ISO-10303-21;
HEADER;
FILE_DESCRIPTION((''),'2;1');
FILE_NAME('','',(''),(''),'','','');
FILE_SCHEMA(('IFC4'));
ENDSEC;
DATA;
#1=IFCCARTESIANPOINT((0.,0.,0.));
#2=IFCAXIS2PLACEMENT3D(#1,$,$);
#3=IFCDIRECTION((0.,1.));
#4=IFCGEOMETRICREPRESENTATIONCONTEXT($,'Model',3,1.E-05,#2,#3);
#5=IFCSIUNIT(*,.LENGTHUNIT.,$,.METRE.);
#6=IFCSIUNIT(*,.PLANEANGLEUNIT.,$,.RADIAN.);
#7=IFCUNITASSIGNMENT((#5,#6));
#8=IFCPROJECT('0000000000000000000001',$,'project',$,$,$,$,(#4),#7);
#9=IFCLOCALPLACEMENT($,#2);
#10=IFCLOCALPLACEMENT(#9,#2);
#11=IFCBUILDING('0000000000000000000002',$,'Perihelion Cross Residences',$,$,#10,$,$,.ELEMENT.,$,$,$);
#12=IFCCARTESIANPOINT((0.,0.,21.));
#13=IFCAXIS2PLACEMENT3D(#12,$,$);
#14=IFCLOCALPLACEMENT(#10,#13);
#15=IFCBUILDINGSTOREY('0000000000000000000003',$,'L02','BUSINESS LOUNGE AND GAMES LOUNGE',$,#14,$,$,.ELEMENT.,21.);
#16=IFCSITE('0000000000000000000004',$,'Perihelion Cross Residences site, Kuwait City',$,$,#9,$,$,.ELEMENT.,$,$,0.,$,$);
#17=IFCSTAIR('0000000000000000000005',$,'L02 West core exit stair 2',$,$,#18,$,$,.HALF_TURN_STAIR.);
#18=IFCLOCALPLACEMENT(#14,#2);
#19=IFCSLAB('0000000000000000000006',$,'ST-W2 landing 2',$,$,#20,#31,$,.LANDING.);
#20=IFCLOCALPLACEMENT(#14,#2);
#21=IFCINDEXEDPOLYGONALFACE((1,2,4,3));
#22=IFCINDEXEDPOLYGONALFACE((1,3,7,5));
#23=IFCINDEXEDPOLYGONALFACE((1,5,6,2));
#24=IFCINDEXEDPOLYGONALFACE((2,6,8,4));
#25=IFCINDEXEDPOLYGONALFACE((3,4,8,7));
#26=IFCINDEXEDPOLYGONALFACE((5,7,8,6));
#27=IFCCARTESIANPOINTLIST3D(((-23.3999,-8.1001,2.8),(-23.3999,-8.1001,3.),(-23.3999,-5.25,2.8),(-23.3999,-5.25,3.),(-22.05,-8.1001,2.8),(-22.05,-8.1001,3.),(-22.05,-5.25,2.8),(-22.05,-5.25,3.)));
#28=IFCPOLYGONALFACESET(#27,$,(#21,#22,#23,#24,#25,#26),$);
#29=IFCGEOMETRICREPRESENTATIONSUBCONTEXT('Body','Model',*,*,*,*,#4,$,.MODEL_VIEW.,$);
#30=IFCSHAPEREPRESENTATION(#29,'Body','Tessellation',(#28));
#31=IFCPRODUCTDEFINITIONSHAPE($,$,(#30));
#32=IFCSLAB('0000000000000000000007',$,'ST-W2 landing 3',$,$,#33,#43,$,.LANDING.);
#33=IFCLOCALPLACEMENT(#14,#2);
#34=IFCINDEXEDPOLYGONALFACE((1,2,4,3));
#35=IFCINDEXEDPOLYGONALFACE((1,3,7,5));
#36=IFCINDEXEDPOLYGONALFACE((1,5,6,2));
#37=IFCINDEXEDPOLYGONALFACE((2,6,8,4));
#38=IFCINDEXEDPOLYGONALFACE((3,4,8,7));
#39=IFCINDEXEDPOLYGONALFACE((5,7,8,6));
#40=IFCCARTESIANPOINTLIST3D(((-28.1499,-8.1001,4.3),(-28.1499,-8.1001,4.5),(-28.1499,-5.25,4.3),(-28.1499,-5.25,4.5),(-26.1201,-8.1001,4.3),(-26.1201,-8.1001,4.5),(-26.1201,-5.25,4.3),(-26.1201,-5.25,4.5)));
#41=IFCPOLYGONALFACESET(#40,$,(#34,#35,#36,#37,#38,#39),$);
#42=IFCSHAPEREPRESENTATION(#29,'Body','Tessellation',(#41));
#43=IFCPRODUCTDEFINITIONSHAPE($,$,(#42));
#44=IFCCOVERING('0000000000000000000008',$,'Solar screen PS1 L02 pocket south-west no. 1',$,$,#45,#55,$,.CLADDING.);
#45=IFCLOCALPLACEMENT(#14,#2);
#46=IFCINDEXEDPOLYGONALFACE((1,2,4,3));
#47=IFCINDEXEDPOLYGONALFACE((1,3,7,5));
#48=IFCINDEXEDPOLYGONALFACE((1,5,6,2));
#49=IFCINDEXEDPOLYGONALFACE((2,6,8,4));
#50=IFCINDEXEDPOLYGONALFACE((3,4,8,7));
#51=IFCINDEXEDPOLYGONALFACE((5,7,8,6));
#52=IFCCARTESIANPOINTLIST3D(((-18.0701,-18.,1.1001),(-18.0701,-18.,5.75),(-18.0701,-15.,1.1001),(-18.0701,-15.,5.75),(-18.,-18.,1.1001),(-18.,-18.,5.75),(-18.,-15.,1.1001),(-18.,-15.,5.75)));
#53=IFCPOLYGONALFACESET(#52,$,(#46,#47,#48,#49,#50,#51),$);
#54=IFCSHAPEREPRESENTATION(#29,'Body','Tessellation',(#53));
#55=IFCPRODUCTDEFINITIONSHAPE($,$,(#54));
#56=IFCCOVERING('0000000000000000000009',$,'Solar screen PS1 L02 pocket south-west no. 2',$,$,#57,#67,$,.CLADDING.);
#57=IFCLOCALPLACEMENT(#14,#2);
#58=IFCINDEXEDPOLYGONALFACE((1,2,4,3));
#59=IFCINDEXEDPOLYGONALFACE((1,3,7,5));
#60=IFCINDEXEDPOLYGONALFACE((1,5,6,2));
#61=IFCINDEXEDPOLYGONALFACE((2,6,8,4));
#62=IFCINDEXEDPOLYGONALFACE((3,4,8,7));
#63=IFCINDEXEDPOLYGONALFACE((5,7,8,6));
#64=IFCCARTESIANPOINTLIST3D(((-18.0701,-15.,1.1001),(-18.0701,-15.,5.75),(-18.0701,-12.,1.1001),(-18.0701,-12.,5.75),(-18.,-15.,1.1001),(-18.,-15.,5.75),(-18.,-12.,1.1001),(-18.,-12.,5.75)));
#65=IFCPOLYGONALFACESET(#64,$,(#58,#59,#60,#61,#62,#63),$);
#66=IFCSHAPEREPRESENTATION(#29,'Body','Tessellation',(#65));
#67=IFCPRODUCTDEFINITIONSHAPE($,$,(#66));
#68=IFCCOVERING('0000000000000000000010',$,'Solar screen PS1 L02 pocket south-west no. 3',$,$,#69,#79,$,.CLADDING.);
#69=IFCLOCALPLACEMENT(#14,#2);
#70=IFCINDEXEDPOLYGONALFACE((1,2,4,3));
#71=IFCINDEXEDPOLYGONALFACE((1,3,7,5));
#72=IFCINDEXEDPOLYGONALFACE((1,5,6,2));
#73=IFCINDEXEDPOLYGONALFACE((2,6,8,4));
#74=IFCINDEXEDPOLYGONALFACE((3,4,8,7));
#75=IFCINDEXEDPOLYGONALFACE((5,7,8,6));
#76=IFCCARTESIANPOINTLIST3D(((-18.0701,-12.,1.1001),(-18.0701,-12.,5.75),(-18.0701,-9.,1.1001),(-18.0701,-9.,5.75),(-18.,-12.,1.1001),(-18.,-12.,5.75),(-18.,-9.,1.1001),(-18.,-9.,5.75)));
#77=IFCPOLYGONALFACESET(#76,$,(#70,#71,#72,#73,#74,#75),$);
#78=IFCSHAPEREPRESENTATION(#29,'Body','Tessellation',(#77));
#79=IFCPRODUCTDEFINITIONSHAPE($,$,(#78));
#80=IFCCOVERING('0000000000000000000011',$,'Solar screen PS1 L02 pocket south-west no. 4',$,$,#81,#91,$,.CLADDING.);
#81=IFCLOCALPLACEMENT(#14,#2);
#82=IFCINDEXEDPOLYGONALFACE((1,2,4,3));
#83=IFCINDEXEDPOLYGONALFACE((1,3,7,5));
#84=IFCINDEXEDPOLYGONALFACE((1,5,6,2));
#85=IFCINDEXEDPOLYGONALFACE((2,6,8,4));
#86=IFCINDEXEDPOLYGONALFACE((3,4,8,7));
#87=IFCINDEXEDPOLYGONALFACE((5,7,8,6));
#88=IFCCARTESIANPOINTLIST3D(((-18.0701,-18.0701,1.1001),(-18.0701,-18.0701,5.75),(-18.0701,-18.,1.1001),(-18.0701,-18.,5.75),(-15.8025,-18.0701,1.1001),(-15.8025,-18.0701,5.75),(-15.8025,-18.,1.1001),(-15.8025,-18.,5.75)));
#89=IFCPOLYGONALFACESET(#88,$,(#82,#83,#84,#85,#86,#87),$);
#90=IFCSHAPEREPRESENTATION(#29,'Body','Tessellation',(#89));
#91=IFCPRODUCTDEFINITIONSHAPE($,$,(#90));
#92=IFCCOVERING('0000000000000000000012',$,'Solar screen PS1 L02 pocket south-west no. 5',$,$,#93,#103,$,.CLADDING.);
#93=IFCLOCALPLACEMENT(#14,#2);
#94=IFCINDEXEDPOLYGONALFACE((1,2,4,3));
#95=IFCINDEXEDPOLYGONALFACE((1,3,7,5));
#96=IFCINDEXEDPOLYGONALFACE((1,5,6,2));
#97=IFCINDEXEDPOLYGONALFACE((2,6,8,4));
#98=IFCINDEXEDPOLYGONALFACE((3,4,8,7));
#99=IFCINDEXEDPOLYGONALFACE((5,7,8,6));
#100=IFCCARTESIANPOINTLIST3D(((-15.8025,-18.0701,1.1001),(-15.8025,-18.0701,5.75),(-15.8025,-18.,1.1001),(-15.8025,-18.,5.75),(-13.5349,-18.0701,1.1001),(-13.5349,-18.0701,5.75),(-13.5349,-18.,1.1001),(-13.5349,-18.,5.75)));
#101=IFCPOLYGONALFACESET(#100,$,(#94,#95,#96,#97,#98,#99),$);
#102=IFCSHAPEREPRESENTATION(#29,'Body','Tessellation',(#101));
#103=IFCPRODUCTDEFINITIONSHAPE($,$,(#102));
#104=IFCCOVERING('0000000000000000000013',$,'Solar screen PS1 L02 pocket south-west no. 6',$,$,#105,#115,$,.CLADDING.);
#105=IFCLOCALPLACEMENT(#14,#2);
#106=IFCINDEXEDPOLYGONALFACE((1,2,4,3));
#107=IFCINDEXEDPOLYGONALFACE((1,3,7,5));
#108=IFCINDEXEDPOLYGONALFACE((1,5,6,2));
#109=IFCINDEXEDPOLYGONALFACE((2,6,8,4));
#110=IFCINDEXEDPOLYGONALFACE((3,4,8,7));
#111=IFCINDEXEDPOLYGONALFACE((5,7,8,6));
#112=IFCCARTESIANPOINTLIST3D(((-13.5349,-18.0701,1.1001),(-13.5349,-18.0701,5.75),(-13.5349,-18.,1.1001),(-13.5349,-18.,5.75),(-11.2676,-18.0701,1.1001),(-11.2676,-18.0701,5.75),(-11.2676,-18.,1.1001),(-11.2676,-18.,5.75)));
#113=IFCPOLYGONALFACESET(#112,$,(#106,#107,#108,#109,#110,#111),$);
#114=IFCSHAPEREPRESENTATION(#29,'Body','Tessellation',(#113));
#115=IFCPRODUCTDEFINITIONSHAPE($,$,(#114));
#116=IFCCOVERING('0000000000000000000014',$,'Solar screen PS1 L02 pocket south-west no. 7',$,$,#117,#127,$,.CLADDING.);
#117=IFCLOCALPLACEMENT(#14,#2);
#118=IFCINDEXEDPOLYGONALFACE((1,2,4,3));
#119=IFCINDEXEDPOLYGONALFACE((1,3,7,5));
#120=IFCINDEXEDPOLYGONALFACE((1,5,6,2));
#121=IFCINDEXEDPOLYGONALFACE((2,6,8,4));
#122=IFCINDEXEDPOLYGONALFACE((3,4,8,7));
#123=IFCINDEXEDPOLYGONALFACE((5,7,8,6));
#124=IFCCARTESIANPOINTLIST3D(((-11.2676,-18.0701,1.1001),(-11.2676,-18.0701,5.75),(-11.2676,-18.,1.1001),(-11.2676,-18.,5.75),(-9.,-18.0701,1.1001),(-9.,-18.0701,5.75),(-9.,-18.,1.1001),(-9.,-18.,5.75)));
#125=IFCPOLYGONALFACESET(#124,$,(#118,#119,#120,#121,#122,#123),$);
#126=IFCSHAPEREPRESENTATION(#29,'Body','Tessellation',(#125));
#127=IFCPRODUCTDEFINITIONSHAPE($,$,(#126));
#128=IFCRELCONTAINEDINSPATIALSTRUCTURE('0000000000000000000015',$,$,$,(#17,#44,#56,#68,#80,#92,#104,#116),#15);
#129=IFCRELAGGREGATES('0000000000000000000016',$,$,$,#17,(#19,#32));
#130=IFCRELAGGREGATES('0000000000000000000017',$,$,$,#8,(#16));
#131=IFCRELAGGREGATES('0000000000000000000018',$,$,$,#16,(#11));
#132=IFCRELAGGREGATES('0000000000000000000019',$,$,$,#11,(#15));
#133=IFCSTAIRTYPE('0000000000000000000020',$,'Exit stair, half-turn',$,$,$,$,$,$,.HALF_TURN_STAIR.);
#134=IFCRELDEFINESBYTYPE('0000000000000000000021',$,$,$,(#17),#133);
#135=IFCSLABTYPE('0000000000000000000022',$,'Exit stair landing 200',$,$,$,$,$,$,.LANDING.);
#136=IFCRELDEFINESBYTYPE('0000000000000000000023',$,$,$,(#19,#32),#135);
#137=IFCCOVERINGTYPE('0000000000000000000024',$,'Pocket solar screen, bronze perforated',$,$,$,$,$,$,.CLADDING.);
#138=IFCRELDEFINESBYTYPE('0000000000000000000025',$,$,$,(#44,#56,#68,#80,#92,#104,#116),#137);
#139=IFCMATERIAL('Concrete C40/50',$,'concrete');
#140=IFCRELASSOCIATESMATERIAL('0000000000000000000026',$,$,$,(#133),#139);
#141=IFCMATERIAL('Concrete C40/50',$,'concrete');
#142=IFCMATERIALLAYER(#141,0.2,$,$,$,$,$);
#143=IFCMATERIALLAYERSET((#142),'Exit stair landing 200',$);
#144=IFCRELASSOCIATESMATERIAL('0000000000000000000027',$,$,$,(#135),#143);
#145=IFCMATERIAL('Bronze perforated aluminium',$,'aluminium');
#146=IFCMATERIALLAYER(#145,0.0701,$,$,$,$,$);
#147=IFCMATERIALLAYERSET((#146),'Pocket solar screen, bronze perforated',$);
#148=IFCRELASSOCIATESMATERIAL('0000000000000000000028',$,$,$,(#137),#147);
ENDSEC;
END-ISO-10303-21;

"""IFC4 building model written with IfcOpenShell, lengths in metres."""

from ifc_helpers import new_model, si_unit, direction, frame, origin, place, context, subcontext, project, spatial, polyline, outline, extrude, material, layer, layer_set, type_object, element, aggregate, save


model = new_model("IFC4")

# Units and contexts
model_context = context("Model", 3, precision=1e-05, world=origin(), true_north=direction((0.0, 1.0)))
body_context = subcontext(model_context, "Body", "Model", "MODEL_VIEW")
ifc_project = project(units=[si_unit("LENGTHUNIT", "METRE"), si_unit("PLANEANGLEUNIT", "RADIAN")], contexts=[model_context])

# Site, building, storey
site_placement = place(None, origin())
site = spatial("IfcSite", under=ifc_project, at=site_placement, Name="Perihelion Cross Residences site, Kuwait City", CompositionType="ELEMENT", RefElevation=0.0)
building_placement = place(site_placement, origin())
building = spatial("IfcBuilding", under=site, at=building_placement, Name="Perihelion Cross Residences", CompositionType="ELEMENT")
storey_placement = place(building_placement, frame((0.0, 0.0, 21.0)))
storey = spatial("IfcBuildingStorey", under=building, at=storey_placement, Name="L02", Description="BUSINESS LOUNGE AND GAMES LOUNGE", CompositionType="ELEMENT", Elevation=21.0)

# Stair, slabs
ifc_material_1 = material(Name="Concrete C40/50", Category="concrete")
stair_type = type_object("IfcStairType", Name="Exit stair, half-turn", PredefinedType="HALF_TURN_STAIR", material=ifc_material_1)
ifc_material_2 = material(Name="Concrete C40/50", Category="concrete")
ifc_layer_1 = layer(ifc_material_2, 0.2)
ifc_layer_set_1 = layer_set([ifc_layer_1], Name="Exit stair landing 200")
slab_type_1 = type_object("IfcSlabType", Name="Exit stair landing 200", PredefinedType="LANDING", material=ifc_layer_set_1)
stair_1_placement = place(storey_placement, origin())
stair_1 = element("IfcStair", 1, at=stair_1_placement, inside=storey, type_object=stair_type, Name="L02 West core exit stair 2", PredefinedType="HALF_TURN_STAIR")
slab_1_placement = place(storey_placement, frame((0.0, 0.0, 2.8)))
slab_1 = element("IfcSlab", 2, at=slab_1_placement, type_object=slab_type_1, Name="ST-W2 landing 2", PredefinedType="LANDING", context=body_context, shape_type="SweptSolid", body=[
    extrude(outline(polyline([(-22.05, -5.25), (-23.3999, -5.25), (-23.3999, -8.1001), (-22.05, -8.1001), (-22.05, -5.25)])), origin(), (0.0, 0.0, 1.0), 0.2),
])
slab_2_placement = place(storey_placement, frame((0.0, 0.0, 4.3)))
slab_2 = element("IfcSlab", 3, at=slab_2_placement, type_object=slab_type_1, Name="ST-W2 landing 3", PredefinedType="LANDING", context=body_context, shape_type="SweptSolid", body=[
    extrude(outline(polyline([(-26.1201, -5.25), (-28.1499, -5.25), (-28.1499, -8.1001), (-26.1201, -8.1001), (-26.1201, -5.25)])), origin(), (0.0, 0.0, 1.0), 0.2),
])
aggregate(stair_1, [slab_1, slab_2])

# Coverings
ifc_material_3 = material(Name="Bronze perforated aluminium", Category="aluminium")
ifc_layer_2 = layer(ifc_material_3, 0.0701)
ifc_layer_set_2 = layer_set([ifc_layer_2], Name="Pocket solar screen, bronze perforated")
covering_type = type_object("IfcCoveringType", Name="Pocket solar screen, bronze perforated", PredefinedType="CLADDING", material=ifc_layer_set_2)
covering_1_placement = place(storey_placement, frame((0.0, 0.0, 1.1001)))
element("IfcCovering", 4, at=covering_1_placement, inside=storey, type_object=covering_type, Name="Solar screen PS1 L02 pocket south-west no. 1", PredefinedType="CLADDING", context=body_context, shape_type="SweptSolid", body=[
    extrude(outline(polyline([(-18.0, -18.0), (-18.0, -15.0), (-18.0701, -15.0), (-18.0701, -18.0), (-18.0, -18.0)])), origin(), (0.0, 0.0, 1.0), 4.6499),
])
covering_2_placement = place(storey_placement, frame((0.0, 0.0, 1.1001)))
element("IfcCovering", 5, at=covering_2_placement, inside=storey, type_object=covering_type, Name="Solar screen PS1 L02 pocket south-west no. 2", PredefinedType="CLADDING", context=body_context, shape_type="SweptSolid", body=[
    extrude(outline(polyline([(-18.0, -15.0), (-18.0, -12.0), (-18.0701, -12.0), (-18.0701, -15.0), (-18.0, -15.0)])), origin(), (0.0, 0.0, 1.0), 4.6499),
])
covering_3_placement = place(storey_placement, frame((0.0, 0.0, 1.1001)))
element("IfcCovering", 6, at=covering_3_placement, inside=storey, type_object=covering_type, Name="Solar screen PS1 L02 pocket south-west no. 3", PredefinedType="CLADDING", context=body_context, shape_type="SweptSolid", body=[
    extrude(outline(polyline([(-18.0, -12.0), (-18.0, -9.0), (-18.0701, -9.0), (-18.0701, -12.0), (-18.0, -12.0)])), origin(), (0.0, 0.0, 1.0), 4.6499),
])
covering_4_placement = place(storey_placement, frame((0.0, 0.0, 1.1001)))
element("IfcCovering", 7, at=covering_4_placement, inside=storey, type_object=covering_type, Name="Solar screen PS1 L02 pocket south-west no. 4", PredefinedType="CLADDING", context=body_context, shape_type="SweptSolid", body=[
    extrude(outline(polyline([(-15.8025, -18.0701), (-15.8025, -18.0), (-18.0701, -18.0), (-18.0701, -18.0701), (-15.8025, -18.0701)])), origin(), (0.0, 0.0, 1.0), 4.6499),
])
covering_5_placement = place(storey_placement, frame((0.0, 0.0, 1.1001)))
element("IfcCovering", 8, at=covering_5_placement, inside=storey, type_object=covering_type, Name="Solar screen PS1 L02 pocket south-west no. 5", PredefinedType="CLADDING", context=body_context, shape_type="SweptSolid", body=[
    extrude(outline(polyline([(-13.5349, -18.0701), (-13.5349, -18.0), (-15.8025, -18.0), (-15.8025, -18.0701), (-13.5349, -18.0701)])), origin(), (0.0, 0.0, 1.0), 4.6499),
])
covering_6_placement = place(storey_placement, frame((0.0, 0.0, 1.1001)))
element("IfcCovering", 9, at=covering_6_placement, inside=storey, type_object=covering_type, Name="Solar screen PS1 L02 pocket south-west no. 6", PredefinedType="CLADDING", context=body_context, shape_type="SweptSolid", body=[
    extrude(outline(polyline([(-11.2676, -18.0701), (-11.2676, -18.0), (-13.5349, -18.0), (-13.5349, -18.0701), (-11.2676, -18.0701)])), origin(), (0.0, 0.0, 1.0), 4.6499),
])
covering_7_placement = place(storey_placement, frame((0.0, 0.0, 1.1001)))
element("IfcCovering", 10, at=covering_7_placement, inside=storey, type_object=covering_type, Name="Solar screen PS1 L02 pocket south-west no. 7", PredefinedType="CLADDING", context=body_context, shape_type="SweptSolid", body=[
    extrude(outline(polyline([(-9.0, -18.0701), (-9.0, -18.0), (-11.2676, -18.0), (-11.2676, -18.0701), (-9.0, -18.0701)])), origin(), (0.0, 0.0, 1.0), 4.6499),
])

save(model, "model.ifc")
